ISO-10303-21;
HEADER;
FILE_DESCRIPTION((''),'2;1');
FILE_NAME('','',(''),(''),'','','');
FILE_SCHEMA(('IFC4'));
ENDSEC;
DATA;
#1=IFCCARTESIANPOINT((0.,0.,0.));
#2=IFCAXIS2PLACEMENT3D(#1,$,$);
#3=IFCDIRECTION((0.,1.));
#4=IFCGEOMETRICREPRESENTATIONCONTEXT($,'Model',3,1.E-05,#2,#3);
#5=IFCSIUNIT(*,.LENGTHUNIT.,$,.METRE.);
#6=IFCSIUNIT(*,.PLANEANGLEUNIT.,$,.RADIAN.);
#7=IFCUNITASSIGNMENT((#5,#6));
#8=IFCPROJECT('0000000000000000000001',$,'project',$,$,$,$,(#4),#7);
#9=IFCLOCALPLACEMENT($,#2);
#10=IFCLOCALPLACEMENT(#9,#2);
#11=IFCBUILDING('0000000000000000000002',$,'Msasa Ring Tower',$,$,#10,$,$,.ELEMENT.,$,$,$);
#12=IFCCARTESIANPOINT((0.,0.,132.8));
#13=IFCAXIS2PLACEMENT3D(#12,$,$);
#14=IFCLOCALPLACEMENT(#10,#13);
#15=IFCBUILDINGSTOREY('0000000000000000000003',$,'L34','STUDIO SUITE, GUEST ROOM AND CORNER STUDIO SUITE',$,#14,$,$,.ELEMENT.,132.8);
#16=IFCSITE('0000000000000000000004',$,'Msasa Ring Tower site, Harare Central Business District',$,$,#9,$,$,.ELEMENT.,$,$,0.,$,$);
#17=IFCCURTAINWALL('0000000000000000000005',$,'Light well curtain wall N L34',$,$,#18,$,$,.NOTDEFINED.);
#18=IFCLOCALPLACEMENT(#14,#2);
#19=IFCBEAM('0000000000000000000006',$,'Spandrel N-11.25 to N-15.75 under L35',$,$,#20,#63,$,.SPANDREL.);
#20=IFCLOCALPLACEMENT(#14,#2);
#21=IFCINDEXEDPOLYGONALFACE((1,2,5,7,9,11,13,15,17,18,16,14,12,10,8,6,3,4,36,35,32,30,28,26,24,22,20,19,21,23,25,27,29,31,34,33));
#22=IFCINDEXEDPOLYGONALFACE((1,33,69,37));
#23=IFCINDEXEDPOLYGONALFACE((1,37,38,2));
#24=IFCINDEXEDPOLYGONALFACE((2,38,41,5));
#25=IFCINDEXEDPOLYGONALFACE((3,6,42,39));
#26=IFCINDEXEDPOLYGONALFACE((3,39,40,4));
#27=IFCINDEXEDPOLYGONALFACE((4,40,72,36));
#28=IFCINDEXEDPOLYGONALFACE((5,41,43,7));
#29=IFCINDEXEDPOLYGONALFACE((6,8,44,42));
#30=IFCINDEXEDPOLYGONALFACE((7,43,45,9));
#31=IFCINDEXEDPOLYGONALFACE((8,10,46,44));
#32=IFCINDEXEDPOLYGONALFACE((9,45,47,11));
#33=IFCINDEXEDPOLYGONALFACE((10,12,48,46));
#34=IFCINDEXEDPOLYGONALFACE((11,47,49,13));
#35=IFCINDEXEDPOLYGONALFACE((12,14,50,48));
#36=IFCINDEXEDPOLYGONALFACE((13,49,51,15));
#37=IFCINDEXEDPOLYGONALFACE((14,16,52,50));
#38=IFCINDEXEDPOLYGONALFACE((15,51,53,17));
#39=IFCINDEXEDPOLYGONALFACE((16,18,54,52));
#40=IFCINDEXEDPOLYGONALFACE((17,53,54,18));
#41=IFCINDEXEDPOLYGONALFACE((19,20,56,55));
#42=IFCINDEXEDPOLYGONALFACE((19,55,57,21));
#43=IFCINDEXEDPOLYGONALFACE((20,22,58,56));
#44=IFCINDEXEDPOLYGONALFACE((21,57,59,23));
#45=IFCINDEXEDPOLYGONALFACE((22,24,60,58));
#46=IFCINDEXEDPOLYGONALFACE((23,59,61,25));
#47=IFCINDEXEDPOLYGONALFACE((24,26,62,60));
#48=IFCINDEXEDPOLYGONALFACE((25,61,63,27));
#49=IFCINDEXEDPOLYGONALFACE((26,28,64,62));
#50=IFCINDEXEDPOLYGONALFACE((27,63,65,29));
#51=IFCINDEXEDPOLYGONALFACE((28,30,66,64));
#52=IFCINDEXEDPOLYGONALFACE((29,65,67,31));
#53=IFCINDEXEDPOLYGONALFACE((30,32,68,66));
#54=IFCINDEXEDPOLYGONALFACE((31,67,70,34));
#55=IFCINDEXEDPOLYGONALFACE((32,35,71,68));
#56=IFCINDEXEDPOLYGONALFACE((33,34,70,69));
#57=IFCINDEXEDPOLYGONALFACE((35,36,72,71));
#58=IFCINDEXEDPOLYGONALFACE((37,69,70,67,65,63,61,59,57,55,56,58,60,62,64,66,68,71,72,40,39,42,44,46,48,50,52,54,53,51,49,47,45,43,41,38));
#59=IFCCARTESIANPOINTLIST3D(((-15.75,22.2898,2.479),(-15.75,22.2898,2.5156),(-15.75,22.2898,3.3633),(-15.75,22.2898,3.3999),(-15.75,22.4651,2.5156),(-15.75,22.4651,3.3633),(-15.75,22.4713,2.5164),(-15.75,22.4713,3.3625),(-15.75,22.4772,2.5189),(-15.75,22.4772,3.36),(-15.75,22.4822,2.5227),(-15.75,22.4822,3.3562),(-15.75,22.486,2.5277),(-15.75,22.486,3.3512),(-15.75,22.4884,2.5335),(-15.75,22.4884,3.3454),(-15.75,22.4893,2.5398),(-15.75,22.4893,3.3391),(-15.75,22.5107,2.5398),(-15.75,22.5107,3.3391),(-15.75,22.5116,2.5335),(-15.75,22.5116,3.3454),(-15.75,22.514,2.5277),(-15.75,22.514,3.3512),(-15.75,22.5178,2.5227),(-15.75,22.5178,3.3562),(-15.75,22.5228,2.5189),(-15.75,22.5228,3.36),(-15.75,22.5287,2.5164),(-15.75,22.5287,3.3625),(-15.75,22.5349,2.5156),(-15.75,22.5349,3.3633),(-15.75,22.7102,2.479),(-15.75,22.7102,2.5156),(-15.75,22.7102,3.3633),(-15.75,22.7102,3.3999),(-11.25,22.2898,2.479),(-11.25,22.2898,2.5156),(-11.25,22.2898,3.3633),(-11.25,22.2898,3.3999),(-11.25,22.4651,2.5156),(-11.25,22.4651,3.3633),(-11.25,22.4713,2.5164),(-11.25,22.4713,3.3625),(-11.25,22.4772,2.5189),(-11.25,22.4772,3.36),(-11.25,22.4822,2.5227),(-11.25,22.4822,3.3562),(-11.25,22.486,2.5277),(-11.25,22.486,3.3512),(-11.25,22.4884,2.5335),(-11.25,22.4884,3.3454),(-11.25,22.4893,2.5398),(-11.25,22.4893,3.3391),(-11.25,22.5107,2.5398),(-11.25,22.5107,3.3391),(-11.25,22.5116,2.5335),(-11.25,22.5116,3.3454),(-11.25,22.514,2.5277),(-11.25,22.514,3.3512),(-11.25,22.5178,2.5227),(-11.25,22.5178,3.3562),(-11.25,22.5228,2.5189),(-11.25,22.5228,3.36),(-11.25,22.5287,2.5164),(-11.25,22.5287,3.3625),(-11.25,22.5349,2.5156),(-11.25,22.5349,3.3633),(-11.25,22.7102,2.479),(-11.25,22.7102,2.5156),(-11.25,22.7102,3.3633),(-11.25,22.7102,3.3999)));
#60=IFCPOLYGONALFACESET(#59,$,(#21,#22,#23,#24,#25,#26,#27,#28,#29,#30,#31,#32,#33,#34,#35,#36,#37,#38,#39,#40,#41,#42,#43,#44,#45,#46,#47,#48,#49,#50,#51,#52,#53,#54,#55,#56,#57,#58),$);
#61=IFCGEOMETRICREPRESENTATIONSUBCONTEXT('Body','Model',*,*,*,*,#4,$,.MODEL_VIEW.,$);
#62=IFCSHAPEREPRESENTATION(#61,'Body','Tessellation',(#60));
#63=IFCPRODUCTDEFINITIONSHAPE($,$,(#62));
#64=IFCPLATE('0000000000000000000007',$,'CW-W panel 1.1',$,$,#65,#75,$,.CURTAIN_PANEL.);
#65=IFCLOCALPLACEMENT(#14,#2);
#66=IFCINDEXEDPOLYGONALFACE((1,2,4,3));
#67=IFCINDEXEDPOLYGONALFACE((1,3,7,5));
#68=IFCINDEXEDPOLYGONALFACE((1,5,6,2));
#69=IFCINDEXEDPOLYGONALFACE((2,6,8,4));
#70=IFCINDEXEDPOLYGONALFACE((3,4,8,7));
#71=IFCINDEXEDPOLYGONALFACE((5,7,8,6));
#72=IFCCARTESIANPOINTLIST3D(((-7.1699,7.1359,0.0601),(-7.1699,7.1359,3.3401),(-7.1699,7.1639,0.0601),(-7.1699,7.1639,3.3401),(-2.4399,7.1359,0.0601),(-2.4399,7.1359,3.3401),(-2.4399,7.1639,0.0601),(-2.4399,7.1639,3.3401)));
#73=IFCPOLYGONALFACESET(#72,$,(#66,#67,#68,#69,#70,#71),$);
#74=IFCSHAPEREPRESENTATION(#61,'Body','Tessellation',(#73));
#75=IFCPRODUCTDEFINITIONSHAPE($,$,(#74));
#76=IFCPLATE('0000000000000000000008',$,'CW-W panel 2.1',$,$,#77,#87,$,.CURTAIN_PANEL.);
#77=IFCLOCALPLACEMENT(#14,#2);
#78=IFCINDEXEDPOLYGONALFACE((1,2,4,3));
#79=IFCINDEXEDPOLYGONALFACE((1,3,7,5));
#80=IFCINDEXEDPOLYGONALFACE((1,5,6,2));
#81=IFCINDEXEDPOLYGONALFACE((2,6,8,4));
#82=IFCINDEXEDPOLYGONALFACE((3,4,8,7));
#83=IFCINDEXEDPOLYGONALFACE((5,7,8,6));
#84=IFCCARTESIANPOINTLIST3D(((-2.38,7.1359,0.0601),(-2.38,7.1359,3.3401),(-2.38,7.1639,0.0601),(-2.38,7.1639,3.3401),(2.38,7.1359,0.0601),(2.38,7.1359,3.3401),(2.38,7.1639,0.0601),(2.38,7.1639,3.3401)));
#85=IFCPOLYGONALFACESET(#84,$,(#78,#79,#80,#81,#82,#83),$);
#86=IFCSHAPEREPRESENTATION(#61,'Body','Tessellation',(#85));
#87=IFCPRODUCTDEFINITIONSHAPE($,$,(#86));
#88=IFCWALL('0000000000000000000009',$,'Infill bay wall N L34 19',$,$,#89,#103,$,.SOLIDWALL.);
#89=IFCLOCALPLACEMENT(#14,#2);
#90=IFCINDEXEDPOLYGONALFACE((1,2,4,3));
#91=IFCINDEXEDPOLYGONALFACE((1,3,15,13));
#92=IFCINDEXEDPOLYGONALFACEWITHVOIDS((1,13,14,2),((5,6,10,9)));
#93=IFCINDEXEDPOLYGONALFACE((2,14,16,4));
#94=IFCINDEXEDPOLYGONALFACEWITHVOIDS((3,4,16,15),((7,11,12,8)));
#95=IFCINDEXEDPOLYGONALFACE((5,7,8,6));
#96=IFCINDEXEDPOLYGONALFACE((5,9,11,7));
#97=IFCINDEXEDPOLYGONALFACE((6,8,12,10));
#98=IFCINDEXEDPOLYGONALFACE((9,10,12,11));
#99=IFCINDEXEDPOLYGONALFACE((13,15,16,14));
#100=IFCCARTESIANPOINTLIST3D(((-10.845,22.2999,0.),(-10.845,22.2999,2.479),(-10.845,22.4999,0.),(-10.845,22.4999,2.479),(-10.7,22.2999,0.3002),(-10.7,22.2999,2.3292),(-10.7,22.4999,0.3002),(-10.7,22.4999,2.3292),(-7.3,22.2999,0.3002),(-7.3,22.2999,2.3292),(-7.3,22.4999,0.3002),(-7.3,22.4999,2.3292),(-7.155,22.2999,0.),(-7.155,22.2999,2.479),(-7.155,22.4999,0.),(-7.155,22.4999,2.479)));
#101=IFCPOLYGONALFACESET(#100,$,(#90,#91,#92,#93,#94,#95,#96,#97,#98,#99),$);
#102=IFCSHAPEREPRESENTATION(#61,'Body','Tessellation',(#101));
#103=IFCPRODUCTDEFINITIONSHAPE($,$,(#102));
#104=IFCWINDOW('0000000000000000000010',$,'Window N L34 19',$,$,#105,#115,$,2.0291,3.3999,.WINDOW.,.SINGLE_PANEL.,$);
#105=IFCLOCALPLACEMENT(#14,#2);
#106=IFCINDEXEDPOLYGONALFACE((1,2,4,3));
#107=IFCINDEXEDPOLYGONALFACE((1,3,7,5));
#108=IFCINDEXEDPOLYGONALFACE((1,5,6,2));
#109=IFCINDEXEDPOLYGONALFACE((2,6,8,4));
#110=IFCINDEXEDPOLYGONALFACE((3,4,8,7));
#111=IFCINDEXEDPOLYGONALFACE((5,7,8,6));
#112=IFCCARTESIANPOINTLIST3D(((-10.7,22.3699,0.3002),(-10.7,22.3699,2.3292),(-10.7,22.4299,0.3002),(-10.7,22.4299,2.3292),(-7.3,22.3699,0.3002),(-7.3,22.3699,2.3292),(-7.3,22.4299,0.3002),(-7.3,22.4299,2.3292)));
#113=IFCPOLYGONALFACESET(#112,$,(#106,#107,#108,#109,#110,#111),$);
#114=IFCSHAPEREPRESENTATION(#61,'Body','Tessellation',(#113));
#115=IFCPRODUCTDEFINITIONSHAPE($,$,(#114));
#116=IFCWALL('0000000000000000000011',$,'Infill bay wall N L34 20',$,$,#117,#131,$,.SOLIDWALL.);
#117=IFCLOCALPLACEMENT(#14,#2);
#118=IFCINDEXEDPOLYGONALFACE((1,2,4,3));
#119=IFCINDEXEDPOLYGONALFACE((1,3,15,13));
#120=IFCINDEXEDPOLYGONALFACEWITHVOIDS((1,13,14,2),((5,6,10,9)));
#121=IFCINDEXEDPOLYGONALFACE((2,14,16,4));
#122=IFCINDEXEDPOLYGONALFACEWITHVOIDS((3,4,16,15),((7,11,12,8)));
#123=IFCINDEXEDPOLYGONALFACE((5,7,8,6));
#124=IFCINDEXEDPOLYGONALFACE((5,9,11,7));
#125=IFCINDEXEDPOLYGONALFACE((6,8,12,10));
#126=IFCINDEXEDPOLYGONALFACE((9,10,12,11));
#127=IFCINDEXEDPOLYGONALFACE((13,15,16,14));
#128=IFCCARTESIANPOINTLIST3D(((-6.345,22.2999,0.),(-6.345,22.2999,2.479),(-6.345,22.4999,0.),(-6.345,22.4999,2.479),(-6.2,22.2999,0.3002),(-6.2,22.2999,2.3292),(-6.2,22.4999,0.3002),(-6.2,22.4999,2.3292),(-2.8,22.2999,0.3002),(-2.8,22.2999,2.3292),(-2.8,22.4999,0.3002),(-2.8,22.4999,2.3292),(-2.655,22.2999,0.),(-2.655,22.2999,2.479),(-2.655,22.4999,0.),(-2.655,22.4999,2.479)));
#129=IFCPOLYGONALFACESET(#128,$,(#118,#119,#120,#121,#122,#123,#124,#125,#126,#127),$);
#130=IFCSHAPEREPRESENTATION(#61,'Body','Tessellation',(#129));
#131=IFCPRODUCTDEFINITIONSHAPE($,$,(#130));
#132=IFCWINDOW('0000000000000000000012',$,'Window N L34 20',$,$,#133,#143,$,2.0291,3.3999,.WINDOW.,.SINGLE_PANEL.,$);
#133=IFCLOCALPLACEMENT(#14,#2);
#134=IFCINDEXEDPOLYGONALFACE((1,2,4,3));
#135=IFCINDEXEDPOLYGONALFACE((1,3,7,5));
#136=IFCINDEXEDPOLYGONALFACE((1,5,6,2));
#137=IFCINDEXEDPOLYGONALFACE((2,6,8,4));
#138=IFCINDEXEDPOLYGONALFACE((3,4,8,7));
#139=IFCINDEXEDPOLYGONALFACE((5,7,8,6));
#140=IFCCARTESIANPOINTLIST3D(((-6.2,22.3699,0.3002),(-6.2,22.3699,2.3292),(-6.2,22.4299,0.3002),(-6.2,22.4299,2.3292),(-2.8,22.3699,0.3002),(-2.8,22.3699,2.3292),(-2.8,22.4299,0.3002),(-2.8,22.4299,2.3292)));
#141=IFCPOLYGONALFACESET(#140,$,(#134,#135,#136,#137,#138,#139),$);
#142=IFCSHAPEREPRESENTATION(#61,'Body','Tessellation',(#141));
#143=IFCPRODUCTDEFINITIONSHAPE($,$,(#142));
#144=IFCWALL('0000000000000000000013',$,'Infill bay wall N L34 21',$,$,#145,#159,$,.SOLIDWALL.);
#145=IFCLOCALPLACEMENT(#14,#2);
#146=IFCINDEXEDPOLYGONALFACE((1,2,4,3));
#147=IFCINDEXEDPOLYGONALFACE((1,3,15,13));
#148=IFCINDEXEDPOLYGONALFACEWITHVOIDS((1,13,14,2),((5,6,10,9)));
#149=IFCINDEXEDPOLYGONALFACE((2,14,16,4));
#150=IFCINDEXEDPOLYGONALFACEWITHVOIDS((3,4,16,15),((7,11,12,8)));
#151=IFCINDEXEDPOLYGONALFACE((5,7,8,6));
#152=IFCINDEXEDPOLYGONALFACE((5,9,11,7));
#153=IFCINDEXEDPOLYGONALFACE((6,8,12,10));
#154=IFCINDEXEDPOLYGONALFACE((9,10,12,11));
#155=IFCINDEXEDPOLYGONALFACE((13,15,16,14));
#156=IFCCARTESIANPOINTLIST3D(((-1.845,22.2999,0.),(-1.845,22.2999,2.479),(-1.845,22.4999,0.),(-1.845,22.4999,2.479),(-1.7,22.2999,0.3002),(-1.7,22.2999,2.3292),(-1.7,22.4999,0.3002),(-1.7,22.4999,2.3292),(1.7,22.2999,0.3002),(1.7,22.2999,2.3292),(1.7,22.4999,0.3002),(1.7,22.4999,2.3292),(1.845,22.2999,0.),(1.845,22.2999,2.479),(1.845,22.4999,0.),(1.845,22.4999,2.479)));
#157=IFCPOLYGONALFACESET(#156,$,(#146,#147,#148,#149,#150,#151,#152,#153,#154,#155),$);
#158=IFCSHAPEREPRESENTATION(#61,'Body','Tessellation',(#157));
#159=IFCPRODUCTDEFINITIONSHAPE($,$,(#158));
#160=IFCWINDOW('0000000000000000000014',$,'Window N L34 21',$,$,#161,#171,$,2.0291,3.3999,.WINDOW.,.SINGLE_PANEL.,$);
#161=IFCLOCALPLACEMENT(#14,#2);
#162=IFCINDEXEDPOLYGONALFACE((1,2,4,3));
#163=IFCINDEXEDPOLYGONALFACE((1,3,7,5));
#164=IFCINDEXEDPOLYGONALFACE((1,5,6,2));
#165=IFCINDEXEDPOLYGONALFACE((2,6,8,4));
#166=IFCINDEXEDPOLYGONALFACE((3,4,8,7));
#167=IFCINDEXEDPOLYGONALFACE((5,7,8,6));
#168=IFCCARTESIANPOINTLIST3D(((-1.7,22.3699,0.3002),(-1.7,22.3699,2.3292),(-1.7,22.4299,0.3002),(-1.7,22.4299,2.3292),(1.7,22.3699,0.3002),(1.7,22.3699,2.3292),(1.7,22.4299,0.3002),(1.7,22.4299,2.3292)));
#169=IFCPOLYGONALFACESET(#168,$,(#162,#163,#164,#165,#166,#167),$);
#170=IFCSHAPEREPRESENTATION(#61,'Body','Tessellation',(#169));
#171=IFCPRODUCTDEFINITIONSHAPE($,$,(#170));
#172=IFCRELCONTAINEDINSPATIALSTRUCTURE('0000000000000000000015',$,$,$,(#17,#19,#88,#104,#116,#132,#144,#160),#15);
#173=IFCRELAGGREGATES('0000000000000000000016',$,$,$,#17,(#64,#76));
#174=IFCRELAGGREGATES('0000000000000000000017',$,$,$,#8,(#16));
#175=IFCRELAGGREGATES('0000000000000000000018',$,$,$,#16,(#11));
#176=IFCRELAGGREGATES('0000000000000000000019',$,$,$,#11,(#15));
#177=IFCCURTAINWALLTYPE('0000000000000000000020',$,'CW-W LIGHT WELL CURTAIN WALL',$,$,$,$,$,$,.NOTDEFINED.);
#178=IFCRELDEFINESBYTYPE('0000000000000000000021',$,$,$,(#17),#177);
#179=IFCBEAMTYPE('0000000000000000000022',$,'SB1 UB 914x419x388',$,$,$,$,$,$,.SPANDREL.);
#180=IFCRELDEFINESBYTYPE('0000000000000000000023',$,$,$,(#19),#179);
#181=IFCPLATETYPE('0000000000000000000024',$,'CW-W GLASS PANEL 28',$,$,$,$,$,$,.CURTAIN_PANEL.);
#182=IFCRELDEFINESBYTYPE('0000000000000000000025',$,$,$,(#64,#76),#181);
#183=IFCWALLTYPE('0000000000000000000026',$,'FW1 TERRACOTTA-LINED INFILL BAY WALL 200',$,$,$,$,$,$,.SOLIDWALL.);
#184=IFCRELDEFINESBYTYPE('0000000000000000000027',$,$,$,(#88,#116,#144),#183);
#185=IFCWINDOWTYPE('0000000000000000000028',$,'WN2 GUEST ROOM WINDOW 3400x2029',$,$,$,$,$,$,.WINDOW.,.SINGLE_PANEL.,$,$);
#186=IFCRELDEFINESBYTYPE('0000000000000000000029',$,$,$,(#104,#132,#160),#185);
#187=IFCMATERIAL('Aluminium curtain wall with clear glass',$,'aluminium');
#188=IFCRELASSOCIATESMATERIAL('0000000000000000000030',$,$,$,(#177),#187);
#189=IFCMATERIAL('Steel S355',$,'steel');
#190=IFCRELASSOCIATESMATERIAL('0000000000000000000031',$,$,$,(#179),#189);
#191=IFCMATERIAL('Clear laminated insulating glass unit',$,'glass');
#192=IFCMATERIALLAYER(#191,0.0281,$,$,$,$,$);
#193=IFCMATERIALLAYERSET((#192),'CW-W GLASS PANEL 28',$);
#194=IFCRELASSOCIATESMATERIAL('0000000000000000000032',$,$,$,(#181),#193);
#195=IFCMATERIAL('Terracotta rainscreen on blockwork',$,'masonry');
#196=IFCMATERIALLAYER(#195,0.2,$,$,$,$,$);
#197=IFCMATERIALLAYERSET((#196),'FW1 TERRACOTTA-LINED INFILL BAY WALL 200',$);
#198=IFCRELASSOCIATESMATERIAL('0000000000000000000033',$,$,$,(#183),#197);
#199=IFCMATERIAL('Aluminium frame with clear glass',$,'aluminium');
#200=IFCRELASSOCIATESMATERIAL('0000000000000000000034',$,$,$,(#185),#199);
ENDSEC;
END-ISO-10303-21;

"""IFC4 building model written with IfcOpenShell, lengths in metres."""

from ifc_helpers import new_model, si_unit, direction, frame, frame_2d, origin, origin_2d, place, context, subcontext, project, spatial, rectangle, i_section, extrude, material, layer, layer_set, material_profile, profile_set, type_object, element, fill, aggregate, save


model = new_model("IFC4")

# Units and contexts
model_context = context("Model", 3, precision=1e-05, world=origin(), true_north=direction((0.0, 1.0)))
body_context = subcontext(model_context, "Body", "Model", "MODEL_VIEW")
ifc_project = project(units=[si_unit("LENGTHUNIT", "METRE"), si_unit("PLANEANGLEUNIT", "RADIAN")], contexts=[model_context])

# Site, building, storey
site_placement = place(None, origin())
site = spatial("IfcSite", under=ifc_project, at=site_placement, Name="Msasa Ring Tower site, Harare Central Business District", CompositionType="ELEMENT", RefElevation=0.0)
building_placement = place(site_placement, origin())
building = spatial("IfcBuilding", under=site, at=building_placement, Name="Msasa Ring Tower", CompositionType="ELEMENT")
storey_placement = place(building_placement, frame((0.0, 0.0, 132.8)))
storey = spatial("IfcBuildingStorey", under=building, at=storey_placement, Name="L34", Description="STUDIO SUITE, GUEST ROOM AND CORNER STUDIO SUITE", CompositionType="ELEMENT", Elevation=132.8)

# Curtain wall
ifc_material_1 = material(Name="Aluminium curtain wall with clear glass", Category="aluminium")
curtain_wall_type = type_object("IfcCurtainWallType", Name="CW-W LIGHT WELL CURTAIN WALL", PredefinedType="NOTDEFINED", material=ifc_material_1)
curtain_wall_placement = place(storey_placement, origin())
curtain_wall = element("IfcCurtainWall", 1, at=curtain_wall_placement, inside=storey, type_object=curtain_wall_type, Name="Light well curtain wall N L34", PredefinedType="NOTDEFINED")

# Beam
ifc_material_2 = material(Name="Steel S355", Category="steel")
ifc_material_profile_1 = material_profile(ifc_material_2, i_section(OverallWidth=0.4204, OverallDepth=0.9209, WebThickness=0.0215, FlangeThickness=0.0366, FilletRadius=0.0242, at=origin_2d()), Name="UB 914x419x388")
ifc_profile_set_1 = profile_set([ifc_material_profile_1], Name="Steel S355")
beam_type_1 = type_object("IfcBeamType", Name="SB1 UB 914x419x388", PredefinedType="SPANDREL", material=ifc_profile_set_1)
for number, where, z_axis, x_axis, name in (
    (2, (-11.25, 22.5, 2.9395), (-1.0, 0.0, 0.0), (0.0, -1.0, 0.0), "Spandrel N-11.25 to N-15.75 under L35"),
):
    element("IfcBeam", number, at=place(storey_placement, frame(where, z_axis=z_axis, x_axis=x_axis)), inside=storey, type_object=beam_type_1, Name=name, PredefinedType="SPANDREL", context=body_context, shape_type="SweptSolid", body=[
        extrude(i_section(OverallWidth=0.4204, OverallDepth=0.9209, WebThickness=0.0215, FlangeThickness=0.0366, FilletRadius=0.0242, at=origin_2d()), origin(), (0.0, 0.0, 1.0), 4.5),
    ])

# Plates
ifc_material_3 = material(Name="Clear laminated insulating glass unit", Category="glass")
ifc_layer_1 = layer(ifc_material_3, 0.0281)
ifc_layer_set_1 = layer_set([ifc_layer_1], Name="CW-W GLASS PANEL 28")
plate_type = type_object("IfcPlateType", Name="CW-W GLASS PANEL 28", PredefinedType="CURTAIN_PANEL", material=ifc_layer_set_1)
plate_1_placement = place(storey_placement, frame((-4.8049, 7.1499, 0.0601), z_axis=(0.0, 0.0, 1.0), x_axis=(1.0, 0.0, 0.0)))
plate_1 = element("IfcPlate", 3, at=plate_1_placement, type_object=plate_type, Name="CW-W panel 1.1", PredefinedType="CURTAIN_PANEL", context=body_context, shape_type="SweptSolid", body=[
    extrude(rectangle(XDim=4.73, YDim=0.0281, at=origin_2d()), origin(), (0.0, 0.0, 1.0), 3.28),
])
plate_2_placement = place(storey_placement, frame((0.0, 7.1499, 0.0601), z_axis=(0.0, 0.0, 1.0), x_axis=(1.0, 0.0, 0.0)))
plate_2 = element("IfcPlate", 4, at=plate_2_placement, type_object=plate_type, Name="CW-W panel 2.1", PredefinedType="CURTAIN_PANEL", context=body_context, shape_type="SweptSolid", body=[
    extrude(rectangle(XDim=4.76, YDim=0.0281, at=origin_2d()), origin(), (0.0, 0.0, 1.0), 3.28),
])
aggregate(curtain_wall, [plate_1, plate_2])

# Walls, openings, windows
ifc_material_4 = material(Name="Terracotta rainscreen on blockwork", Category="masonry")
ifc_layer_2 = layer(ifc_material_4, 0.2)
ifc_layer_set_2 = layer_set([ifc_layer_2], Name="FW1 TERRACOTTA-LINED INFILL BAY WALL 200")
wall_type_1 = type_object("IfcWallType", Name="FW1 TERRACOTTA-LINED INFILL BAY WALL 200", PredefinedType="SOLIDWALL", material=ifc_layer_set_2)
wall_1_placement = place(storey_placement, frame((-10.845, 22.3999, 0.0), z_axis=(0.0, 0.0, 1.0), x_axis=(1.0, 0.0, 0.0)))
wall_1 = element("IfcWall", 5, at=wall_1_placement, inside=storey, type_object=wall_type_1, Name="Infill bay wall N L34 19", PredefinedType="SOLIDWALL", context=body_context, shape_type="SweptSolid", body=[
    extrude(rectangle(XDim=3.6899, YDim=0.2, at=frame_2d((1.845, 0.0))), origin(), (0.0, 0.0, 1.0), 2.479),
])
opening_1_placement = place(wall_1_placement, frame((0.145, 0.0, 0.3)))
opening_1 = element("IfcOpeningElement", 6, at=opening_1_placement, cuts=wall_1, PredefinedType="OPENING", context=body_context, shape_type="SweptSolid", body=[
    extrude(rectangle(XDim=3.3999, YDim=2.0291, at=frame_2d((1.7, 1.0146))), frame((0.0, 0.1099, 0.0), z_axis=(0.0, -1.0, 0.0), x_axis=(1.0, 0.0, 0.0)), (0.0, 0.0, 1.0), 0.22),
])
ifc_material_5 = material(Name="Aluminium frame with clear glass", Category="aluminium")
window_type = type_object("IfcWindowType", Name="WN2 GUEST ROOM WINDOW 3400x2029", PartitioningType="SINGLE_PANEL", PredefinedType="WINDOW", material=ifc_material_5)
window_1_placement = place(opening_1_placement, origin())
window_1 = element("IfcWindow", 7, at=window_1_placement, inside=storey, type_object=window_type, Name="Window N L34 19", OverallHeight=2.0291, OverallWidth=3.3999, PartitioningType="SINGLE_PANEL", PredefinedType="WINDOW", context=body_context, shape_type="SweptSolid", body=[
    extrude(rectangle(XDim=3.3999, YDim=2.0291, at=frame_2d((1.7, 1.0146))), frame((0.0, 0.03, 0.0), z_axis=(0.0, -1.0, 0.0), x_axis=(1.0, 0.0, 0.0)), (0.0, 0.0, 1.0), 0.0601),
])
fill(opening_1, window_1)
wall_2_placement = place(storey_placement, frame((-6.345, 22.3999, 0.0), z_axis=(0.0, 0.0, 1.0), x_axis=(1.0, 0.0, 0.0)))
wall_2 = element("IfcWall", 8, at=wall_2_placement, inside=storey, type_object=wall_type_1, Name="Infill bay wall N L34 20", PredefinedType="SOLIDWALL", context=body_context, shape_type="SweptSolid", body=[
    extrude(rectangle(XDim=3.6899, YDim=0.2, at=frame_2d((1.845, 0.0))), origin(), (0.0, 0.0, 1.0), 2.479),
])
opening_2_placement = place(wall_2_placement, frame((0.145, 0.0, 0.3)))
opening_2 = element("IfcOpeningElement", 9, at=opening_2_placement, cuts=wall_2, PredefinedType="OPENING", context=body_context, shape_type="SweptSolid", body=[
    extrude(rectangle(XDim=3.3999, YDim=2.0291, at=frame_2d((1.7, 1.0146))), frame((0.0, 0.1099, 0.0), z_axis=(0.0, -1.0, 0.0), x_axis=(1.0, 0.0, 0.0)), (0.0, 0.0, 1.0), 0.22),
])
window_2_placement = place(opening_2_placement, origin())
window_2 = element("IfcWindow", 10, at=window_2_placement, inside=storey, type_object=window_type, Name="Window N L34 20", OverallHeight=2.0291, OverallWidth=3.3999, PartitioningType="SINGLE_PANEL", PredefinedType="WINDOW", context=body_context, shape_type="SweptSolid", body=[
    extrude(rectangle(XDim=3.3999, YDim=2.0291, at=frame_2d((1.7, 1.0146))), frame((0.0, 0.03, 0.0), z_axis=(0.0, -1.0, 0.0), x_axis=(1.0, 0.0, 0.0)), (0.0, 0.0, 1.0), 0.0601),
])
fill(opening_2, window_2)
wall_3_placement = place(storey_placement, frame((-1.845, 22.3999, 0.0), z_axis=(0.0, 0.0, 1.0), x_axis=(1.0, 0.0, 0.0)))
wall_3 = element("IfcWall", 11, at=wall_3_placement, inside=storey, type_object=wall_type_1, Name="Infill bay wall N L34 21", PredefinedType="SOLIDWALL", context=body_context, shape_type="SweptSolid", body=[
    extrude(rectangle(XDim=3.6899, YDim=0.2, at=frame_2d((1.845, 0.0))), origin(), (0.0, 0.0, 1.0), 2.479),
])
opening_3_placement = place(wall_3_placement, frame((0.145, 0.0, 0.3)))
opening_3 = element("IfcOpeningElement", 12, at=opening_3_placement, cuts=wall_3, PredefinedType="OPENING", context=body_context, shape_type="SweptSolid", body=[
    extrude(rectangle(XDim=3.3999, YDim=2.0291, at=frame_2d((1.7, 1.0146))), frame((0.0, 0.1099, 0.0), z_axis=(0.0, -1.0, 0.0), x_axis=(1.0, 0.0, 0.0)), (0.0, 0.0, 1.0), 0.22),
])
window_3_placement = place(opening_3_placement, origin())
window_3 = element("IfcWindow", 13, at=window_3_placement, inside=storey, type_object=window_type, Name="Window N L34 21", OverallHeight=2.0291, OverallWidth=3.3999, PartitioningType="SINGLE_PANEL", PredefinedType="WINDOW", context=body_context, shape_type="SweptSolid", body=[
    extrude(rectangle(XDim=3.3999, YDim=2.0291, at=frame_2d((1.7, 1.0146))), frame((0.0, 0.03, 0.0), z_axis=(0.0, -1.0, 0.0), x_axis=(1.0, 0.0, 0.0)), (0.0, 0.0, 1.0), 0.0601),
])
fill(opening_3, window_3)

save(model, "model.ifc")
